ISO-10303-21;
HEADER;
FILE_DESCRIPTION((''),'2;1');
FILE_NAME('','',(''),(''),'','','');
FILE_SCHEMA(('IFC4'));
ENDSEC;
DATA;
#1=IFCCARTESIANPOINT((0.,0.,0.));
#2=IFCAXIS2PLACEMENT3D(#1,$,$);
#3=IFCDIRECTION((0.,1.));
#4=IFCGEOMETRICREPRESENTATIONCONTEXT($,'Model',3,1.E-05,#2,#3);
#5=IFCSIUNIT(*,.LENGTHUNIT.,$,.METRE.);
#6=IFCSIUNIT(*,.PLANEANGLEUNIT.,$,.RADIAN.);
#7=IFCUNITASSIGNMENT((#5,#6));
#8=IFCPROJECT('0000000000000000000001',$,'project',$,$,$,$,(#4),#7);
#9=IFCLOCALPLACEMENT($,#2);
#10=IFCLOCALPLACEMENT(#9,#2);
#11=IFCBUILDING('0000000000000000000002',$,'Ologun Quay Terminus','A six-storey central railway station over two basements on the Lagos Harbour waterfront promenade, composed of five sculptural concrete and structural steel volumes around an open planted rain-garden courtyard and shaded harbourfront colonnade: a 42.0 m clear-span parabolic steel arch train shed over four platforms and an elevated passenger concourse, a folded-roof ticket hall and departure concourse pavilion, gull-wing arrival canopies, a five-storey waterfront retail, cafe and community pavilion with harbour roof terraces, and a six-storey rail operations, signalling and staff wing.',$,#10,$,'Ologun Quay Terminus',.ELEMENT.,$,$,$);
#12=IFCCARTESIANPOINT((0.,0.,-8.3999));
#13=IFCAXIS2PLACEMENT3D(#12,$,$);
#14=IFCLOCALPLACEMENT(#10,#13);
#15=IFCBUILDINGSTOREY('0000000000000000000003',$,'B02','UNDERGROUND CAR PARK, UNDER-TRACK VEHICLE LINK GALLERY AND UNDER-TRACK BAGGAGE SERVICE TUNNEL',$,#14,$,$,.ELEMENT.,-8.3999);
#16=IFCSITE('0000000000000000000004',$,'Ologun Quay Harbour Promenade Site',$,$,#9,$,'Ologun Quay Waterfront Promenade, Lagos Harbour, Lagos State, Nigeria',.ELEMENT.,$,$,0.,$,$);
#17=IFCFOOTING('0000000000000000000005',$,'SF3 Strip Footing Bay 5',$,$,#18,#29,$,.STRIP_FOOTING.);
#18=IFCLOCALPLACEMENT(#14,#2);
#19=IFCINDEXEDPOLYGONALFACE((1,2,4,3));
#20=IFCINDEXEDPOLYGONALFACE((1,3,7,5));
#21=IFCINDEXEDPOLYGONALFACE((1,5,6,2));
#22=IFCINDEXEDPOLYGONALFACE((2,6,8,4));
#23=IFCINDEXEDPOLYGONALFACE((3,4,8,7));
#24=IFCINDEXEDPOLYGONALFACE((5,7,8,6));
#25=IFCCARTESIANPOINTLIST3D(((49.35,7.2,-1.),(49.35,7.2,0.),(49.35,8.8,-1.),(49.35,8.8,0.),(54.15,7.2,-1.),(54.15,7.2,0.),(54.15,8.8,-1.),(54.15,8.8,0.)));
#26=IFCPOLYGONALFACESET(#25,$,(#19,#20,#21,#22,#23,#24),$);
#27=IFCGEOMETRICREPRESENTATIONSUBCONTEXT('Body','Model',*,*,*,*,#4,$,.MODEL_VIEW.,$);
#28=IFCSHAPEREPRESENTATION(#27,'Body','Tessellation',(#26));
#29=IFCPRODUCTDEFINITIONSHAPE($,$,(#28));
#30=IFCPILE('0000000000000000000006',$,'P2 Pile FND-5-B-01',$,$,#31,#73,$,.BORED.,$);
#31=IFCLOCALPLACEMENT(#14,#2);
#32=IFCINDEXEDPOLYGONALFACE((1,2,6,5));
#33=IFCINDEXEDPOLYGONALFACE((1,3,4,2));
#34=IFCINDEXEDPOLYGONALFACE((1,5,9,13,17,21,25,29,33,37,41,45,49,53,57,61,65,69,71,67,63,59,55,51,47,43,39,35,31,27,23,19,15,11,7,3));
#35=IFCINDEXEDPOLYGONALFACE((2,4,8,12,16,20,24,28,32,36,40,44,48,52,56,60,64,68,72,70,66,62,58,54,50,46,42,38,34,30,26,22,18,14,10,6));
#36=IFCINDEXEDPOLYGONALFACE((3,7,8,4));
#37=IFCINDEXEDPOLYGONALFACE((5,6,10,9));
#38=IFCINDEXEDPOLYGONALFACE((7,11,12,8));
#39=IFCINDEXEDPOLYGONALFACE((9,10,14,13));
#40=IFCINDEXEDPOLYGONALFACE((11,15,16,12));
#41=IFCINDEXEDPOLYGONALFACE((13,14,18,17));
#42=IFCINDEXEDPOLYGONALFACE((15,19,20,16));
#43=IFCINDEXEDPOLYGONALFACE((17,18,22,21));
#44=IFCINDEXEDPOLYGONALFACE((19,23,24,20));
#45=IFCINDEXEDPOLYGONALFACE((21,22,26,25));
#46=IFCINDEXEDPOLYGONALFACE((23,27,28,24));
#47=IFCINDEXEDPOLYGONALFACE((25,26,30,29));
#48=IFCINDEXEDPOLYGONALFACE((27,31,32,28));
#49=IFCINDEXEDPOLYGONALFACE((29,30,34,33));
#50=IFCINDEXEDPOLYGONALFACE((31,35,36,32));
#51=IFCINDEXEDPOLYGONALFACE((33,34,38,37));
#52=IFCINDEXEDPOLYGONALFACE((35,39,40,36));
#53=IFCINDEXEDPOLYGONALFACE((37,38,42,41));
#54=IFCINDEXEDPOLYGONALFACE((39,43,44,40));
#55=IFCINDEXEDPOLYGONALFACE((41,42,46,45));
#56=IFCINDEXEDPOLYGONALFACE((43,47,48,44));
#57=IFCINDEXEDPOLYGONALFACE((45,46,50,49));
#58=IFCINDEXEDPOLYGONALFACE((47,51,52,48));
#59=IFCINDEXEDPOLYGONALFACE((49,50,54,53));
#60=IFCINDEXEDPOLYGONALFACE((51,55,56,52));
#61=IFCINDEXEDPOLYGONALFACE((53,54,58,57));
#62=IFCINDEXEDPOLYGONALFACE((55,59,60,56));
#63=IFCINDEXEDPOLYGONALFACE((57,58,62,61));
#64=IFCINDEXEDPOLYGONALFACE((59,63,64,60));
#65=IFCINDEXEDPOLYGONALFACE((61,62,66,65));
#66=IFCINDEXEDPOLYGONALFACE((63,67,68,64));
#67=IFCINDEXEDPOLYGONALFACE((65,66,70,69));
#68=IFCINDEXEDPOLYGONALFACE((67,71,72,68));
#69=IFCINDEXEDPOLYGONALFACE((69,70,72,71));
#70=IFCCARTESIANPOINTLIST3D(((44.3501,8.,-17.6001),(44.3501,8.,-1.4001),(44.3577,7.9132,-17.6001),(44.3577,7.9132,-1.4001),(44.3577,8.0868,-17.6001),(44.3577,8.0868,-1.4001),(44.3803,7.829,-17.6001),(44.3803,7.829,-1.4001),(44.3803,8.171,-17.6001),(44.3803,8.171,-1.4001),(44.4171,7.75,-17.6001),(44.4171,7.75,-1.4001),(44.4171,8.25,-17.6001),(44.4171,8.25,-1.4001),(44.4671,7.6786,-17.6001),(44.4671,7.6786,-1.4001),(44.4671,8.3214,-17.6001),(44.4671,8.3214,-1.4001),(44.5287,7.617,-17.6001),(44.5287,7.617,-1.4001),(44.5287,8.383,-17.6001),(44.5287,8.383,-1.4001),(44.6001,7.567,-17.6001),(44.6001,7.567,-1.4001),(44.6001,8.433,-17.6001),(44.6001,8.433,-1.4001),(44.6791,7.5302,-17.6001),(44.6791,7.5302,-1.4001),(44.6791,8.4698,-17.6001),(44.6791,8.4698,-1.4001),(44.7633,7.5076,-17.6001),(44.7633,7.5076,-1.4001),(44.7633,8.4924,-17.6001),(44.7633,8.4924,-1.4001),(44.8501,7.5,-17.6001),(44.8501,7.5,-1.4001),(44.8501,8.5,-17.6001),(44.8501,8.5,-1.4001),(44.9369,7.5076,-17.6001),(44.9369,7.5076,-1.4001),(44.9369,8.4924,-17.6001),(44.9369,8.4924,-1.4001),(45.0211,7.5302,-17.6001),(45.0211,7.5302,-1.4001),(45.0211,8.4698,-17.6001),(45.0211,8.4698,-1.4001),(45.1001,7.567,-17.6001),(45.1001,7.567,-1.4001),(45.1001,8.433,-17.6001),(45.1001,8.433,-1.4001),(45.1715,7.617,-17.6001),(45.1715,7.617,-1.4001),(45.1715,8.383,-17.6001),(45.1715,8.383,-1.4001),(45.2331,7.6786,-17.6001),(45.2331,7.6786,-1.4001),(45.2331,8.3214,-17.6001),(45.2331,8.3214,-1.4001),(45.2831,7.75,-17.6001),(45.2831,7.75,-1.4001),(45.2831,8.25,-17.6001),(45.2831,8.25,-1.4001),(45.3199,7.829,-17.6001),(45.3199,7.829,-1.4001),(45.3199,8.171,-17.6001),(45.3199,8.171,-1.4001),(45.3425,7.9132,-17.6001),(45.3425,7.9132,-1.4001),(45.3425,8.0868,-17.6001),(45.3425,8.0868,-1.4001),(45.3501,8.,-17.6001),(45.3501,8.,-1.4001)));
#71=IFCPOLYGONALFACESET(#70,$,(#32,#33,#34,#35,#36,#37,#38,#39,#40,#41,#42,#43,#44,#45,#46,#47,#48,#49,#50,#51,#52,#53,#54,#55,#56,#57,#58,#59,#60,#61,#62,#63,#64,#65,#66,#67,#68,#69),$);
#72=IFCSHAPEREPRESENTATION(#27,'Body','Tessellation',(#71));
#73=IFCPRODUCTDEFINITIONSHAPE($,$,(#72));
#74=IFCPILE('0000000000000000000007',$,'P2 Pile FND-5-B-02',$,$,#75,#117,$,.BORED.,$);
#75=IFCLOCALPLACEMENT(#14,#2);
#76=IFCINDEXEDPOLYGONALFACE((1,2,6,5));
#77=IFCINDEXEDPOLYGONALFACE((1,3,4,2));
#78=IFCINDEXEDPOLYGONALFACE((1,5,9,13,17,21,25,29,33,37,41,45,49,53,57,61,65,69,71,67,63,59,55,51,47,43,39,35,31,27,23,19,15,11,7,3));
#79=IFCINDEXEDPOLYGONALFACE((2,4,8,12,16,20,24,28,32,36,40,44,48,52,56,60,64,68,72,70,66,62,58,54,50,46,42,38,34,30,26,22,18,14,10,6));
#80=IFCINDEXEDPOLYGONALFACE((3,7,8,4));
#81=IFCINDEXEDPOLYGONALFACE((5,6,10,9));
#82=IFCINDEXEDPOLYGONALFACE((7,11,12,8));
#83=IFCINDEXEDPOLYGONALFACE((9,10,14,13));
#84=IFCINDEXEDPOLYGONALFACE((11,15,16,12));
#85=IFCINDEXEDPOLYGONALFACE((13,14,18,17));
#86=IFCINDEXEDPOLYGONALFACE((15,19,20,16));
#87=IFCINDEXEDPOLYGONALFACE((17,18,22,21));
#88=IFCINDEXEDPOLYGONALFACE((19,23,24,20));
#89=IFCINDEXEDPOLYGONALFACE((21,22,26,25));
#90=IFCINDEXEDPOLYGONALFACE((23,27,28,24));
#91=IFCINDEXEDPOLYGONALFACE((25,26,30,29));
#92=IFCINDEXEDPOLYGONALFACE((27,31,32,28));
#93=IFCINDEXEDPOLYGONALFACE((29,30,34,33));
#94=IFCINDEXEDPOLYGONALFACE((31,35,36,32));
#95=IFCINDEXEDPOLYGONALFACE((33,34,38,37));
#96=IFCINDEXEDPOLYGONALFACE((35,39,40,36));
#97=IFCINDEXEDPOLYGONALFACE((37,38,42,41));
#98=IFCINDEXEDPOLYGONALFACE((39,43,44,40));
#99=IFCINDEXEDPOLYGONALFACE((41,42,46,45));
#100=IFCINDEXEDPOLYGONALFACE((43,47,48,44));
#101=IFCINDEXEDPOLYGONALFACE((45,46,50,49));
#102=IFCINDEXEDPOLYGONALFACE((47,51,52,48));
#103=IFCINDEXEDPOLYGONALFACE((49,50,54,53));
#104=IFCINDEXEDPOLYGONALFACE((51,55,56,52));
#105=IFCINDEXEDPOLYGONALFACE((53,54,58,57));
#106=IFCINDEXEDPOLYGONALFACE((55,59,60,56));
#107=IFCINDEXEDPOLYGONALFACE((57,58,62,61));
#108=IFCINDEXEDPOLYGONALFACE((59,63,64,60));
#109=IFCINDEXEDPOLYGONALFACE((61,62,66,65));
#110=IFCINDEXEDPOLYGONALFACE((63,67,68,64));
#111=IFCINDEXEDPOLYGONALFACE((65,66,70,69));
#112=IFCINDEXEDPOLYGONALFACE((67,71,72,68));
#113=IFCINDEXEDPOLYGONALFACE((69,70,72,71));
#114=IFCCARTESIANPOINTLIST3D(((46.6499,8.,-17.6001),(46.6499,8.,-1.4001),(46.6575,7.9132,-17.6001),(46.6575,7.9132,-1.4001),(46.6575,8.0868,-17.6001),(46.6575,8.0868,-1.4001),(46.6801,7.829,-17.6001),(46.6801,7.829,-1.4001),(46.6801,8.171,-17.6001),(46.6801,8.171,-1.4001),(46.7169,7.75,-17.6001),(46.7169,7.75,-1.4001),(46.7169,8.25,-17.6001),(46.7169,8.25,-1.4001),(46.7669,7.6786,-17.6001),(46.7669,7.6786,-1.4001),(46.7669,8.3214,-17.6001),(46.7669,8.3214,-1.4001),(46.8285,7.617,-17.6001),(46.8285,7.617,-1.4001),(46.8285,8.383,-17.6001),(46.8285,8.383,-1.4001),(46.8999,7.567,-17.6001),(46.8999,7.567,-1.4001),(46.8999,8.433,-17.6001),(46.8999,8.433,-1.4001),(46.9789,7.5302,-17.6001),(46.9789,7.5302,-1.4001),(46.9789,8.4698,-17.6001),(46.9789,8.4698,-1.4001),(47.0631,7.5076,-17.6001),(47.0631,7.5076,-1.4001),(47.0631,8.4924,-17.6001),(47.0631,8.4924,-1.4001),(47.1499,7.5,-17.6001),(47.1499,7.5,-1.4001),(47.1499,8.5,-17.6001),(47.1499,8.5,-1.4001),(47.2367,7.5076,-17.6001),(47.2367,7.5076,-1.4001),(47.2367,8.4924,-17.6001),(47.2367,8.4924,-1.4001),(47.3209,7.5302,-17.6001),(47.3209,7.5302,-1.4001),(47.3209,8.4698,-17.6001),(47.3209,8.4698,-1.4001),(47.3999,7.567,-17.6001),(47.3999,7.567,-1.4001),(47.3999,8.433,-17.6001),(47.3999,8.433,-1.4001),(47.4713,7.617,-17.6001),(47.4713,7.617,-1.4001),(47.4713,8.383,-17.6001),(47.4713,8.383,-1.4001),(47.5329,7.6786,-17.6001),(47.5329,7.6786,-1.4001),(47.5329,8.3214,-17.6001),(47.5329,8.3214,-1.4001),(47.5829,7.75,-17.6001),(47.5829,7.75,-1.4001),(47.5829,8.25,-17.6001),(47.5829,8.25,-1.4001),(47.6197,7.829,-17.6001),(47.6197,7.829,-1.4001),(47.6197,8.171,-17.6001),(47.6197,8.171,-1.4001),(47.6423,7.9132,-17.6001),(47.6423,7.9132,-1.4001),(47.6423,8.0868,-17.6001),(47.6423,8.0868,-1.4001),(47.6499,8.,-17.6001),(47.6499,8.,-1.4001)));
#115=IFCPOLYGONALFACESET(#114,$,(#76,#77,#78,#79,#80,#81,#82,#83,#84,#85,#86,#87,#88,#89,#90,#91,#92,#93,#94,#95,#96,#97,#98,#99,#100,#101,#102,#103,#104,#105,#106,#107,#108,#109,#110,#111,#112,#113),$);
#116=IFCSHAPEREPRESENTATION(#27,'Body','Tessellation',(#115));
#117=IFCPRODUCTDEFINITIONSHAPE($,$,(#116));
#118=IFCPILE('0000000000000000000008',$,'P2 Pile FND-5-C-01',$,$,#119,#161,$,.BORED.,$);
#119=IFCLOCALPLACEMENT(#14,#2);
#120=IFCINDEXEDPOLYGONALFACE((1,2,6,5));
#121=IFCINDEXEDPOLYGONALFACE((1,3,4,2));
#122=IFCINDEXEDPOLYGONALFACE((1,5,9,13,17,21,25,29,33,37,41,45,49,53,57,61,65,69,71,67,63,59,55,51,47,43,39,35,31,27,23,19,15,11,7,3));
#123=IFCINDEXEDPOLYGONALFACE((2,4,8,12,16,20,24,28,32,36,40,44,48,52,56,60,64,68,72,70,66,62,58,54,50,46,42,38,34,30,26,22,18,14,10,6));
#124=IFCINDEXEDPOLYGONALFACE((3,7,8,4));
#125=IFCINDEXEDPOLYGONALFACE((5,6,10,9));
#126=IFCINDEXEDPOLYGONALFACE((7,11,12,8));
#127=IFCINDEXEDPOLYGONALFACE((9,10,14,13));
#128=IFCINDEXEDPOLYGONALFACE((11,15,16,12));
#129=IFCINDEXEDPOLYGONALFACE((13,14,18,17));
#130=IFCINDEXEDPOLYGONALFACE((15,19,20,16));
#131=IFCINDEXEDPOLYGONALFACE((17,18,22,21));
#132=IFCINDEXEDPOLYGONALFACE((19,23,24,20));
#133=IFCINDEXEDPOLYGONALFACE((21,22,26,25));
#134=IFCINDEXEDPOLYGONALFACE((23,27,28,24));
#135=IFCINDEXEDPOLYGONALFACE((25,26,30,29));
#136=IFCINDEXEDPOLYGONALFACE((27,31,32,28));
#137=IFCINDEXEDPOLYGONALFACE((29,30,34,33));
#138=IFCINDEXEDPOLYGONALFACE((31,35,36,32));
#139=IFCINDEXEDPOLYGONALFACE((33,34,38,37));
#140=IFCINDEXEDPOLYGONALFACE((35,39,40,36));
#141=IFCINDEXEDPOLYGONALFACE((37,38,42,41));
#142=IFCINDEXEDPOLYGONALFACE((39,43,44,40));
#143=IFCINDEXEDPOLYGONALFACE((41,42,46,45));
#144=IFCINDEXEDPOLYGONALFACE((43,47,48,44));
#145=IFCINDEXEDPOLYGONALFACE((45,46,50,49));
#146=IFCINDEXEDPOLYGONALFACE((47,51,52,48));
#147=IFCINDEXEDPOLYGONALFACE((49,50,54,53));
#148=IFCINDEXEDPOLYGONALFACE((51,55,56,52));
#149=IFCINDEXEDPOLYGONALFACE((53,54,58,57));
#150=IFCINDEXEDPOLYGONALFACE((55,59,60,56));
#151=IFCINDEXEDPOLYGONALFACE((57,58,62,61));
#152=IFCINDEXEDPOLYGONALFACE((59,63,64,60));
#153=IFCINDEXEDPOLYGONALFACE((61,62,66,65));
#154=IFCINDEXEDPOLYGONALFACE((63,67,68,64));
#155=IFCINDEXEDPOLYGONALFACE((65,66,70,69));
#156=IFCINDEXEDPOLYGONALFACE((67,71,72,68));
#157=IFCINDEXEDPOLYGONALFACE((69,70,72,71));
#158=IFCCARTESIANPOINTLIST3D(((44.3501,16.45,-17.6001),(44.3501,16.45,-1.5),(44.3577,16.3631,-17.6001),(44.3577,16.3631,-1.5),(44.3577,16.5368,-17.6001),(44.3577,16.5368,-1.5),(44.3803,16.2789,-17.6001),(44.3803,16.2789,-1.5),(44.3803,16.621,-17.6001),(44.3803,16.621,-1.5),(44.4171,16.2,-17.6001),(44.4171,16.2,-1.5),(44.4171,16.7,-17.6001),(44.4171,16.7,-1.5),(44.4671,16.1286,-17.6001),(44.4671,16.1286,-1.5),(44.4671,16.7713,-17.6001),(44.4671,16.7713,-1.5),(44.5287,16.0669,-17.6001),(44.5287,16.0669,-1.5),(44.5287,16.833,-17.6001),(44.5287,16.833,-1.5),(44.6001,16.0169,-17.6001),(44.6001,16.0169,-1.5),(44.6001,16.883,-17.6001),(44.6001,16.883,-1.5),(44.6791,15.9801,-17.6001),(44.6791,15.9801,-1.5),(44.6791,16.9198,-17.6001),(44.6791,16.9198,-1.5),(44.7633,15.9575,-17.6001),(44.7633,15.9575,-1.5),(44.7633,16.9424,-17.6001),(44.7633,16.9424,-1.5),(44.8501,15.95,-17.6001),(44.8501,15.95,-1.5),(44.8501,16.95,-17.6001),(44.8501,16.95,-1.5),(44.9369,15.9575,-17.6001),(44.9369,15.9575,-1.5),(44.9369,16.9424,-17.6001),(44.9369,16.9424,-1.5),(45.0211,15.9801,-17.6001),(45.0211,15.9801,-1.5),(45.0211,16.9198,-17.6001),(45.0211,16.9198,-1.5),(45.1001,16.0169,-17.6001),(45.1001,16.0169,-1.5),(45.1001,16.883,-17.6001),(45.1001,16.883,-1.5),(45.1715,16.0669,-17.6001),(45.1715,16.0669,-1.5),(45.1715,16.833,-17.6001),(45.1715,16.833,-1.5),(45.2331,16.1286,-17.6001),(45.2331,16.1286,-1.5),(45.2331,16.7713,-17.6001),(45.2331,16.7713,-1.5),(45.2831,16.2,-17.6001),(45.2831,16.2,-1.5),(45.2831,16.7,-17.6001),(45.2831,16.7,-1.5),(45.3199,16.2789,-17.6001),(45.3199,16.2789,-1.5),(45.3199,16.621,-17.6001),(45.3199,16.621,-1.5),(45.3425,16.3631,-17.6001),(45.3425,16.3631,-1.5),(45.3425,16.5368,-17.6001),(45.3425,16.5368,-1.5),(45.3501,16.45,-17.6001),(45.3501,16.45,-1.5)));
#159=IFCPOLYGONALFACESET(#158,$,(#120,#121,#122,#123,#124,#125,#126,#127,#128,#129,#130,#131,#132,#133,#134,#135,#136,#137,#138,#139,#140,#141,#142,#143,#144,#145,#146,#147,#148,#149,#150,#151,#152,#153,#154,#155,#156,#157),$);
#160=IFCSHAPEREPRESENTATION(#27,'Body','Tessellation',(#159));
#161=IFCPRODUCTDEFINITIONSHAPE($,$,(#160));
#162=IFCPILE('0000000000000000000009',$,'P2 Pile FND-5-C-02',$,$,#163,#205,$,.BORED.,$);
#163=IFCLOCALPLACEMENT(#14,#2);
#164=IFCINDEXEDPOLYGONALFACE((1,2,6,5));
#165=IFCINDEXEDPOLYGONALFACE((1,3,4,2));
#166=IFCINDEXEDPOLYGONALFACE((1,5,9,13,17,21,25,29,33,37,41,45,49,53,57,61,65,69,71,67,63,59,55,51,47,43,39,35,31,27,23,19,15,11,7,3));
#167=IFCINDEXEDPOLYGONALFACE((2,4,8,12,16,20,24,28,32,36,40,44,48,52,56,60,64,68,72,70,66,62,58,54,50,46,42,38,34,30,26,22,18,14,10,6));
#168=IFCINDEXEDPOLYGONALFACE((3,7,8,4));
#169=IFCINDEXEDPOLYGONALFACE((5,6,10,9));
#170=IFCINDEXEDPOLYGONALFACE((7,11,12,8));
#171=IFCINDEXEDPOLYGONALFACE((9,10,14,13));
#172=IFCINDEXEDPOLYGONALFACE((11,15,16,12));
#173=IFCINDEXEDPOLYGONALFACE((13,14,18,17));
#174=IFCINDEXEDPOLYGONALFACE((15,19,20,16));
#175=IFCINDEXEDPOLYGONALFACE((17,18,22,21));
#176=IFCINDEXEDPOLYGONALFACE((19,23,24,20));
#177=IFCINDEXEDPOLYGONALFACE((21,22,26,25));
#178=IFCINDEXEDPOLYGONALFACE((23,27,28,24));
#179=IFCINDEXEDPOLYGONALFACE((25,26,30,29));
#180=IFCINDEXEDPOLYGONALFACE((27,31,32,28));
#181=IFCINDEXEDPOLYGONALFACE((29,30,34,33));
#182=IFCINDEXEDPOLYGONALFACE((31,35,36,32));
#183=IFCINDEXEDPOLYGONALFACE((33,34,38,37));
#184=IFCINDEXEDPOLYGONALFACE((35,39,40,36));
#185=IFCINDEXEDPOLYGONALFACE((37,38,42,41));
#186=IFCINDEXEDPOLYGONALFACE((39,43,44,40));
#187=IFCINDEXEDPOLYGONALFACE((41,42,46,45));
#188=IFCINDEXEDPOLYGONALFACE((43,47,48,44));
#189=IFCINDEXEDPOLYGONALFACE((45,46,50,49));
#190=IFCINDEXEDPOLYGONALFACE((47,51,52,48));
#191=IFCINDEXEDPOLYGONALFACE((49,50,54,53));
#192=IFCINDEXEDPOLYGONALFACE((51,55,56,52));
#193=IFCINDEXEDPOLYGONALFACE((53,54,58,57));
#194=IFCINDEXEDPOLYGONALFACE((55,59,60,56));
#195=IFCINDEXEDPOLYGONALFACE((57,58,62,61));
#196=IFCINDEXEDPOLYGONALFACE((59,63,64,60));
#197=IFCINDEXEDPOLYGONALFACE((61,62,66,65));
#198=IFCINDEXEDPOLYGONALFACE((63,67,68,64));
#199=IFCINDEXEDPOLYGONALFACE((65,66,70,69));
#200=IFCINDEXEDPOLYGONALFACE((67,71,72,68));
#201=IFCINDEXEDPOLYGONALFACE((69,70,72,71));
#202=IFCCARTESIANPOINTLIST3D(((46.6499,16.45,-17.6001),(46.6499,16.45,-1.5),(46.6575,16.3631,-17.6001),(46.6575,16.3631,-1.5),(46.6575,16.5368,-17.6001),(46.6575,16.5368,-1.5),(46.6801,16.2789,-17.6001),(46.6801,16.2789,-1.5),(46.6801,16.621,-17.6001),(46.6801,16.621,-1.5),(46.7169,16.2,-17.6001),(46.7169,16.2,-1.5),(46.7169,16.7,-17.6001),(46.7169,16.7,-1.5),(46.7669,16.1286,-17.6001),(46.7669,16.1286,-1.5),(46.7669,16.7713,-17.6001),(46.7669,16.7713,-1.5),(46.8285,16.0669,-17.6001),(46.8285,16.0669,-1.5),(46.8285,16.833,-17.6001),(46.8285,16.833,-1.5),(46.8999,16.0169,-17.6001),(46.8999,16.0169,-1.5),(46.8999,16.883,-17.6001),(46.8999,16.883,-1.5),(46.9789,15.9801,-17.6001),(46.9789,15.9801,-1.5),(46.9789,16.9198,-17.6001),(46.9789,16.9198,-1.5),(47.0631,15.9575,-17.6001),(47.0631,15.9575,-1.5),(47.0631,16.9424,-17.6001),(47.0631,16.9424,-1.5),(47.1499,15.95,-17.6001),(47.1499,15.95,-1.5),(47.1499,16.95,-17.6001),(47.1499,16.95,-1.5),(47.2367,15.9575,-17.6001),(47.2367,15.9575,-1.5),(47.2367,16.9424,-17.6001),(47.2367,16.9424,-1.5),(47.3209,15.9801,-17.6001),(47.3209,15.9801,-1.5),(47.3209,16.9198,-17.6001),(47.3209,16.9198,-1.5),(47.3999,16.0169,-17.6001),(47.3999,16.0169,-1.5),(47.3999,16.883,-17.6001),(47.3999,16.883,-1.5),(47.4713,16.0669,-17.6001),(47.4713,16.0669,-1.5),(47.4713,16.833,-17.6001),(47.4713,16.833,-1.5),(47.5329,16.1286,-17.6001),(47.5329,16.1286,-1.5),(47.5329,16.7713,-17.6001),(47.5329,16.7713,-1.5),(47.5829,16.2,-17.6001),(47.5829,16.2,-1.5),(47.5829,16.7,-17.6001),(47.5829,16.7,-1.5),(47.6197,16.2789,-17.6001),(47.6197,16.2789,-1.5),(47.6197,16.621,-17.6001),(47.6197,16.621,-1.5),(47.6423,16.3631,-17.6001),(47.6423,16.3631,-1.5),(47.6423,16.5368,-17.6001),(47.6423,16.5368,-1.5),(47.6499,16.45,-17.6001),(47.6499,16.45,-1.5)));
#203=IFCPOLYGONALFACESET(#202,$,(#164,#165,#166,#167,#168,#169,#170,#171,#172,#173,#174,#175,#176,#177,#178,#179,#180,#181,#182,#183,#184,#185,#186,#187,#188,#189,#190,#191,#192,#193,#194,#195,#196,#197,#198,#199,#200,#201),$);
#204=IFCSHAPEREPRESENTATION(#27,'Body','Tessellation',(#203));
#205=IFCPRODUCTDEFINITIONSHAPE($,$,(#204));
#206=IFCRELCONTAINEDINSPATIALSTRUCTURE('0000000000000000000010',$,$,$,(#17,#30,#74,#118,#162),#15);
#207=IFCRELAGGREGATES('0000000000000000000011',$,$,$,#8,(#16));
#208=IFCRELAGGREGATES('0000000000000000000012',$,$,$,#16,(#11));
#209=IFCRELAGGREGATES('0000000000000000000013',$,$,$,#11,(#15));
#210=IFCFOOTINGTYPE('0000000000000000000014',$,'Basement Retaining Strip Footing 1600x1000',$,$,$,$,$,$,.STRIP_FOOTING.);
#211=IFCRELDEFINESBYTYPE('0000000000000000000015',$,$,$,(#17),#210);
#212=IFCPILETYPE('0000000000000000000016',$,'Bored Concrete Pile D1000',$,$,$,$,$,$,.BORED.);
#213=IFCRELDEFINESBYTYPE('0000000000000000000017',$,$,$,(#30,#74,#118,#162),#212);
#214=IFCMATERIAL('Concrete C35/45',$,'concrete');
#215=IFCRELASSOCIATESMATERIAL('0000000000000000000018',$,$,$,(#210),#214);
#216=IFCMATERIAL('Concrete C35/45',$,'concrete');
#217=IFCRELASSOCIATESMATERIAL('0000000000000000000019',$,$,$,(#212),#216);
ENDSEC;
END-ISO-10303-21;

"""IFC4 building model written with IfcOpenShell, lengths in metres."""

from ifc_helpers import new_model, si_unit, direction, frame, origin, origin_2d, place, context, subcontext, project, spatial, rectangle, circle, extrude, material, material_profile, profile_set, type_object, element, save


model = new_model("IFC4")

# Units and contexts
model_context = context("Model", 3, precision=1e-05, world=origin(), true_north=direction((0.0, 1.0)))
body_context = subcontext(model_context, "Body", "Model", "MODEL_VIEW")
ifc_project = project(units=[si_unit("LENGTHUNIT", "METRE"), si_unit("PLANEANGLEUNIT", "RADIAN")], contexts=[model_context])

# Site, building, storey
site_placement = place(None, origin())
site = spatial("IfcSite", under=ifc_project, at=site_placement, Name="Ologun Quay Harbour Promenade Site", LongName="Ologun Quay Waterfront Promenade, Lagos Harbour, Lagos State, Nigeria", CompositionType="ELEMENT", RefElevation=0.0)
building_placement = place(site_placement, origin())
building = spatial("IfcBuilding", under=site, at=building_placement, Name="Ologun Quay Terminus", Description="A six-storey central railway station over two basements on the Lagos Harbour waterfront promenade, composed of five sculptural concrete and structural steel volumes around an open planted rain-garden courtyard and shaded harbourfront colonnade: a 42.0 m clear-span parabolic steel arch train shed over four platforms and an elevated passenger concourse, a folded-roof ticket hall and departure concourse pavilion, gull-wing arrival canopies, a five-storey waterfront retail, cafe and community pavilion with harbour roof terraces, and a six-storey rail operations, signalling and staff wing.", LongName="Ologun Quay Terminus", CompositionType="ELEMENT")
storey_placement = place(building_placement, frame((0.0, 0.0, -8.3999)))
storey = spatial("IfcBuildingStorey", under=building, at=storey_placement, Name="B02", Description="UNDERGROUND CAR PARK, UNDER-TRACK VEHICLE LINK GALLERY AND UNDER-TRACK BAGGAGE SERVICE TUNNEL", CompositionType="ELEMENT", Elevation=-8.3999)

# Footing
ifc_material_1 = material(Name="Concrete C35/45", Category="concrete")
footing_type_1 = type_object("IfcFootingType", Name="Basement Retaining Strip Footing 1600x1000", PredefinedType="STRIP_FOOTING", material=ifc_material_1)
footing_1_placement = place(storey_placement, frame((51.75, 8.0, -1.0), z_axis=(0.0, 0.0, 1.0), x_axis=(1.0, 0.0, 0.0)))
element("IfcFooting", 1, at=footing_1_placement, inside=storey, type_object=footing_type_1, Name="SF3 Strip Footing Bay 5", PredefinedType="STRIP_FOOTING", context=body_context, shape_type="SweptSolid", body=[
    extrude(rectangle(XDim=4.8, YDim=1.6001, at=origin_2d()), origin(), (0.0, 0.0, 1.0), 1.0),
])

# Piles
ifc_material_2 = material(Name="Concrete C35/45", Category="concrete")
ifc_material_profile_1 = material_profile(ifc_material_2, circle(Radius=0.5, at=origin_2d()), Name="PILE D1000")
ifc_profile_set_1 = profile_set([ifc_material_profile_1], Name="Concrete C35/45")
pile_type_1 = type_object("IfcPileType", Name="Bored Concrete Pile D1000", PredefinedType="BORED", material=ifc_profile_set_1)
for number, where, z_axis, x_axis, name in (
    (2, (44.8501, 8.0, -1.4001), (0.0, 0.0, -1.0), (1.0, 0.0, 0.0), "P2 Pile FND-5-B-01"),
    (3, (47.1499, 8.0, -1.4001), (0.0, 0.0, -1.0), (1.0, 0.0, 0.0), "P2 Pile FND-5-B-02"),
):
    element("IfcPile", number, at=place(storey_placement, frame(where, z_axis=z_axis, x_axis=x_axis)), inside=storey, type_object=pile_type_1, Name=name, PredefinedType="BORED", context=body_context, shape_type="SweptSolid", body=[
        extrude(circle(Radius=0.5, at=origin_2d()), origin(), (0.0, 0.0, 1.0), 16.2),
    ])
for number, where, z_axis, x_axis, name in (
    (4, (44.8501, 16.45, -1.5), (0.0, 0.0, -1.0), (1.0, 0.0, 0.0), "P2 Pile FND-5-C-01"),
    (5, (47.1499, 16.45, -1.5), (0.0, 0.0, -1.0), (1.0, 0.0, 0.0), "P2 Pile FND-5-C-02"),
):
    element("IfcPile", number, at=place(storey_placement, frame(where, z_axis=z_axis, x_axis=x_axis)), inside=storey, type_object=pile_type_1, Name=name, PredefinedType="BORED", context=body_context, shape_type="SweptSolid", body=[
        extrude(circle(Radius=0.5, at=origin_2d()), origin(), (0.0, 0.0, 1.0), 16.1001),
    ])

save(model, "model.ifc")
